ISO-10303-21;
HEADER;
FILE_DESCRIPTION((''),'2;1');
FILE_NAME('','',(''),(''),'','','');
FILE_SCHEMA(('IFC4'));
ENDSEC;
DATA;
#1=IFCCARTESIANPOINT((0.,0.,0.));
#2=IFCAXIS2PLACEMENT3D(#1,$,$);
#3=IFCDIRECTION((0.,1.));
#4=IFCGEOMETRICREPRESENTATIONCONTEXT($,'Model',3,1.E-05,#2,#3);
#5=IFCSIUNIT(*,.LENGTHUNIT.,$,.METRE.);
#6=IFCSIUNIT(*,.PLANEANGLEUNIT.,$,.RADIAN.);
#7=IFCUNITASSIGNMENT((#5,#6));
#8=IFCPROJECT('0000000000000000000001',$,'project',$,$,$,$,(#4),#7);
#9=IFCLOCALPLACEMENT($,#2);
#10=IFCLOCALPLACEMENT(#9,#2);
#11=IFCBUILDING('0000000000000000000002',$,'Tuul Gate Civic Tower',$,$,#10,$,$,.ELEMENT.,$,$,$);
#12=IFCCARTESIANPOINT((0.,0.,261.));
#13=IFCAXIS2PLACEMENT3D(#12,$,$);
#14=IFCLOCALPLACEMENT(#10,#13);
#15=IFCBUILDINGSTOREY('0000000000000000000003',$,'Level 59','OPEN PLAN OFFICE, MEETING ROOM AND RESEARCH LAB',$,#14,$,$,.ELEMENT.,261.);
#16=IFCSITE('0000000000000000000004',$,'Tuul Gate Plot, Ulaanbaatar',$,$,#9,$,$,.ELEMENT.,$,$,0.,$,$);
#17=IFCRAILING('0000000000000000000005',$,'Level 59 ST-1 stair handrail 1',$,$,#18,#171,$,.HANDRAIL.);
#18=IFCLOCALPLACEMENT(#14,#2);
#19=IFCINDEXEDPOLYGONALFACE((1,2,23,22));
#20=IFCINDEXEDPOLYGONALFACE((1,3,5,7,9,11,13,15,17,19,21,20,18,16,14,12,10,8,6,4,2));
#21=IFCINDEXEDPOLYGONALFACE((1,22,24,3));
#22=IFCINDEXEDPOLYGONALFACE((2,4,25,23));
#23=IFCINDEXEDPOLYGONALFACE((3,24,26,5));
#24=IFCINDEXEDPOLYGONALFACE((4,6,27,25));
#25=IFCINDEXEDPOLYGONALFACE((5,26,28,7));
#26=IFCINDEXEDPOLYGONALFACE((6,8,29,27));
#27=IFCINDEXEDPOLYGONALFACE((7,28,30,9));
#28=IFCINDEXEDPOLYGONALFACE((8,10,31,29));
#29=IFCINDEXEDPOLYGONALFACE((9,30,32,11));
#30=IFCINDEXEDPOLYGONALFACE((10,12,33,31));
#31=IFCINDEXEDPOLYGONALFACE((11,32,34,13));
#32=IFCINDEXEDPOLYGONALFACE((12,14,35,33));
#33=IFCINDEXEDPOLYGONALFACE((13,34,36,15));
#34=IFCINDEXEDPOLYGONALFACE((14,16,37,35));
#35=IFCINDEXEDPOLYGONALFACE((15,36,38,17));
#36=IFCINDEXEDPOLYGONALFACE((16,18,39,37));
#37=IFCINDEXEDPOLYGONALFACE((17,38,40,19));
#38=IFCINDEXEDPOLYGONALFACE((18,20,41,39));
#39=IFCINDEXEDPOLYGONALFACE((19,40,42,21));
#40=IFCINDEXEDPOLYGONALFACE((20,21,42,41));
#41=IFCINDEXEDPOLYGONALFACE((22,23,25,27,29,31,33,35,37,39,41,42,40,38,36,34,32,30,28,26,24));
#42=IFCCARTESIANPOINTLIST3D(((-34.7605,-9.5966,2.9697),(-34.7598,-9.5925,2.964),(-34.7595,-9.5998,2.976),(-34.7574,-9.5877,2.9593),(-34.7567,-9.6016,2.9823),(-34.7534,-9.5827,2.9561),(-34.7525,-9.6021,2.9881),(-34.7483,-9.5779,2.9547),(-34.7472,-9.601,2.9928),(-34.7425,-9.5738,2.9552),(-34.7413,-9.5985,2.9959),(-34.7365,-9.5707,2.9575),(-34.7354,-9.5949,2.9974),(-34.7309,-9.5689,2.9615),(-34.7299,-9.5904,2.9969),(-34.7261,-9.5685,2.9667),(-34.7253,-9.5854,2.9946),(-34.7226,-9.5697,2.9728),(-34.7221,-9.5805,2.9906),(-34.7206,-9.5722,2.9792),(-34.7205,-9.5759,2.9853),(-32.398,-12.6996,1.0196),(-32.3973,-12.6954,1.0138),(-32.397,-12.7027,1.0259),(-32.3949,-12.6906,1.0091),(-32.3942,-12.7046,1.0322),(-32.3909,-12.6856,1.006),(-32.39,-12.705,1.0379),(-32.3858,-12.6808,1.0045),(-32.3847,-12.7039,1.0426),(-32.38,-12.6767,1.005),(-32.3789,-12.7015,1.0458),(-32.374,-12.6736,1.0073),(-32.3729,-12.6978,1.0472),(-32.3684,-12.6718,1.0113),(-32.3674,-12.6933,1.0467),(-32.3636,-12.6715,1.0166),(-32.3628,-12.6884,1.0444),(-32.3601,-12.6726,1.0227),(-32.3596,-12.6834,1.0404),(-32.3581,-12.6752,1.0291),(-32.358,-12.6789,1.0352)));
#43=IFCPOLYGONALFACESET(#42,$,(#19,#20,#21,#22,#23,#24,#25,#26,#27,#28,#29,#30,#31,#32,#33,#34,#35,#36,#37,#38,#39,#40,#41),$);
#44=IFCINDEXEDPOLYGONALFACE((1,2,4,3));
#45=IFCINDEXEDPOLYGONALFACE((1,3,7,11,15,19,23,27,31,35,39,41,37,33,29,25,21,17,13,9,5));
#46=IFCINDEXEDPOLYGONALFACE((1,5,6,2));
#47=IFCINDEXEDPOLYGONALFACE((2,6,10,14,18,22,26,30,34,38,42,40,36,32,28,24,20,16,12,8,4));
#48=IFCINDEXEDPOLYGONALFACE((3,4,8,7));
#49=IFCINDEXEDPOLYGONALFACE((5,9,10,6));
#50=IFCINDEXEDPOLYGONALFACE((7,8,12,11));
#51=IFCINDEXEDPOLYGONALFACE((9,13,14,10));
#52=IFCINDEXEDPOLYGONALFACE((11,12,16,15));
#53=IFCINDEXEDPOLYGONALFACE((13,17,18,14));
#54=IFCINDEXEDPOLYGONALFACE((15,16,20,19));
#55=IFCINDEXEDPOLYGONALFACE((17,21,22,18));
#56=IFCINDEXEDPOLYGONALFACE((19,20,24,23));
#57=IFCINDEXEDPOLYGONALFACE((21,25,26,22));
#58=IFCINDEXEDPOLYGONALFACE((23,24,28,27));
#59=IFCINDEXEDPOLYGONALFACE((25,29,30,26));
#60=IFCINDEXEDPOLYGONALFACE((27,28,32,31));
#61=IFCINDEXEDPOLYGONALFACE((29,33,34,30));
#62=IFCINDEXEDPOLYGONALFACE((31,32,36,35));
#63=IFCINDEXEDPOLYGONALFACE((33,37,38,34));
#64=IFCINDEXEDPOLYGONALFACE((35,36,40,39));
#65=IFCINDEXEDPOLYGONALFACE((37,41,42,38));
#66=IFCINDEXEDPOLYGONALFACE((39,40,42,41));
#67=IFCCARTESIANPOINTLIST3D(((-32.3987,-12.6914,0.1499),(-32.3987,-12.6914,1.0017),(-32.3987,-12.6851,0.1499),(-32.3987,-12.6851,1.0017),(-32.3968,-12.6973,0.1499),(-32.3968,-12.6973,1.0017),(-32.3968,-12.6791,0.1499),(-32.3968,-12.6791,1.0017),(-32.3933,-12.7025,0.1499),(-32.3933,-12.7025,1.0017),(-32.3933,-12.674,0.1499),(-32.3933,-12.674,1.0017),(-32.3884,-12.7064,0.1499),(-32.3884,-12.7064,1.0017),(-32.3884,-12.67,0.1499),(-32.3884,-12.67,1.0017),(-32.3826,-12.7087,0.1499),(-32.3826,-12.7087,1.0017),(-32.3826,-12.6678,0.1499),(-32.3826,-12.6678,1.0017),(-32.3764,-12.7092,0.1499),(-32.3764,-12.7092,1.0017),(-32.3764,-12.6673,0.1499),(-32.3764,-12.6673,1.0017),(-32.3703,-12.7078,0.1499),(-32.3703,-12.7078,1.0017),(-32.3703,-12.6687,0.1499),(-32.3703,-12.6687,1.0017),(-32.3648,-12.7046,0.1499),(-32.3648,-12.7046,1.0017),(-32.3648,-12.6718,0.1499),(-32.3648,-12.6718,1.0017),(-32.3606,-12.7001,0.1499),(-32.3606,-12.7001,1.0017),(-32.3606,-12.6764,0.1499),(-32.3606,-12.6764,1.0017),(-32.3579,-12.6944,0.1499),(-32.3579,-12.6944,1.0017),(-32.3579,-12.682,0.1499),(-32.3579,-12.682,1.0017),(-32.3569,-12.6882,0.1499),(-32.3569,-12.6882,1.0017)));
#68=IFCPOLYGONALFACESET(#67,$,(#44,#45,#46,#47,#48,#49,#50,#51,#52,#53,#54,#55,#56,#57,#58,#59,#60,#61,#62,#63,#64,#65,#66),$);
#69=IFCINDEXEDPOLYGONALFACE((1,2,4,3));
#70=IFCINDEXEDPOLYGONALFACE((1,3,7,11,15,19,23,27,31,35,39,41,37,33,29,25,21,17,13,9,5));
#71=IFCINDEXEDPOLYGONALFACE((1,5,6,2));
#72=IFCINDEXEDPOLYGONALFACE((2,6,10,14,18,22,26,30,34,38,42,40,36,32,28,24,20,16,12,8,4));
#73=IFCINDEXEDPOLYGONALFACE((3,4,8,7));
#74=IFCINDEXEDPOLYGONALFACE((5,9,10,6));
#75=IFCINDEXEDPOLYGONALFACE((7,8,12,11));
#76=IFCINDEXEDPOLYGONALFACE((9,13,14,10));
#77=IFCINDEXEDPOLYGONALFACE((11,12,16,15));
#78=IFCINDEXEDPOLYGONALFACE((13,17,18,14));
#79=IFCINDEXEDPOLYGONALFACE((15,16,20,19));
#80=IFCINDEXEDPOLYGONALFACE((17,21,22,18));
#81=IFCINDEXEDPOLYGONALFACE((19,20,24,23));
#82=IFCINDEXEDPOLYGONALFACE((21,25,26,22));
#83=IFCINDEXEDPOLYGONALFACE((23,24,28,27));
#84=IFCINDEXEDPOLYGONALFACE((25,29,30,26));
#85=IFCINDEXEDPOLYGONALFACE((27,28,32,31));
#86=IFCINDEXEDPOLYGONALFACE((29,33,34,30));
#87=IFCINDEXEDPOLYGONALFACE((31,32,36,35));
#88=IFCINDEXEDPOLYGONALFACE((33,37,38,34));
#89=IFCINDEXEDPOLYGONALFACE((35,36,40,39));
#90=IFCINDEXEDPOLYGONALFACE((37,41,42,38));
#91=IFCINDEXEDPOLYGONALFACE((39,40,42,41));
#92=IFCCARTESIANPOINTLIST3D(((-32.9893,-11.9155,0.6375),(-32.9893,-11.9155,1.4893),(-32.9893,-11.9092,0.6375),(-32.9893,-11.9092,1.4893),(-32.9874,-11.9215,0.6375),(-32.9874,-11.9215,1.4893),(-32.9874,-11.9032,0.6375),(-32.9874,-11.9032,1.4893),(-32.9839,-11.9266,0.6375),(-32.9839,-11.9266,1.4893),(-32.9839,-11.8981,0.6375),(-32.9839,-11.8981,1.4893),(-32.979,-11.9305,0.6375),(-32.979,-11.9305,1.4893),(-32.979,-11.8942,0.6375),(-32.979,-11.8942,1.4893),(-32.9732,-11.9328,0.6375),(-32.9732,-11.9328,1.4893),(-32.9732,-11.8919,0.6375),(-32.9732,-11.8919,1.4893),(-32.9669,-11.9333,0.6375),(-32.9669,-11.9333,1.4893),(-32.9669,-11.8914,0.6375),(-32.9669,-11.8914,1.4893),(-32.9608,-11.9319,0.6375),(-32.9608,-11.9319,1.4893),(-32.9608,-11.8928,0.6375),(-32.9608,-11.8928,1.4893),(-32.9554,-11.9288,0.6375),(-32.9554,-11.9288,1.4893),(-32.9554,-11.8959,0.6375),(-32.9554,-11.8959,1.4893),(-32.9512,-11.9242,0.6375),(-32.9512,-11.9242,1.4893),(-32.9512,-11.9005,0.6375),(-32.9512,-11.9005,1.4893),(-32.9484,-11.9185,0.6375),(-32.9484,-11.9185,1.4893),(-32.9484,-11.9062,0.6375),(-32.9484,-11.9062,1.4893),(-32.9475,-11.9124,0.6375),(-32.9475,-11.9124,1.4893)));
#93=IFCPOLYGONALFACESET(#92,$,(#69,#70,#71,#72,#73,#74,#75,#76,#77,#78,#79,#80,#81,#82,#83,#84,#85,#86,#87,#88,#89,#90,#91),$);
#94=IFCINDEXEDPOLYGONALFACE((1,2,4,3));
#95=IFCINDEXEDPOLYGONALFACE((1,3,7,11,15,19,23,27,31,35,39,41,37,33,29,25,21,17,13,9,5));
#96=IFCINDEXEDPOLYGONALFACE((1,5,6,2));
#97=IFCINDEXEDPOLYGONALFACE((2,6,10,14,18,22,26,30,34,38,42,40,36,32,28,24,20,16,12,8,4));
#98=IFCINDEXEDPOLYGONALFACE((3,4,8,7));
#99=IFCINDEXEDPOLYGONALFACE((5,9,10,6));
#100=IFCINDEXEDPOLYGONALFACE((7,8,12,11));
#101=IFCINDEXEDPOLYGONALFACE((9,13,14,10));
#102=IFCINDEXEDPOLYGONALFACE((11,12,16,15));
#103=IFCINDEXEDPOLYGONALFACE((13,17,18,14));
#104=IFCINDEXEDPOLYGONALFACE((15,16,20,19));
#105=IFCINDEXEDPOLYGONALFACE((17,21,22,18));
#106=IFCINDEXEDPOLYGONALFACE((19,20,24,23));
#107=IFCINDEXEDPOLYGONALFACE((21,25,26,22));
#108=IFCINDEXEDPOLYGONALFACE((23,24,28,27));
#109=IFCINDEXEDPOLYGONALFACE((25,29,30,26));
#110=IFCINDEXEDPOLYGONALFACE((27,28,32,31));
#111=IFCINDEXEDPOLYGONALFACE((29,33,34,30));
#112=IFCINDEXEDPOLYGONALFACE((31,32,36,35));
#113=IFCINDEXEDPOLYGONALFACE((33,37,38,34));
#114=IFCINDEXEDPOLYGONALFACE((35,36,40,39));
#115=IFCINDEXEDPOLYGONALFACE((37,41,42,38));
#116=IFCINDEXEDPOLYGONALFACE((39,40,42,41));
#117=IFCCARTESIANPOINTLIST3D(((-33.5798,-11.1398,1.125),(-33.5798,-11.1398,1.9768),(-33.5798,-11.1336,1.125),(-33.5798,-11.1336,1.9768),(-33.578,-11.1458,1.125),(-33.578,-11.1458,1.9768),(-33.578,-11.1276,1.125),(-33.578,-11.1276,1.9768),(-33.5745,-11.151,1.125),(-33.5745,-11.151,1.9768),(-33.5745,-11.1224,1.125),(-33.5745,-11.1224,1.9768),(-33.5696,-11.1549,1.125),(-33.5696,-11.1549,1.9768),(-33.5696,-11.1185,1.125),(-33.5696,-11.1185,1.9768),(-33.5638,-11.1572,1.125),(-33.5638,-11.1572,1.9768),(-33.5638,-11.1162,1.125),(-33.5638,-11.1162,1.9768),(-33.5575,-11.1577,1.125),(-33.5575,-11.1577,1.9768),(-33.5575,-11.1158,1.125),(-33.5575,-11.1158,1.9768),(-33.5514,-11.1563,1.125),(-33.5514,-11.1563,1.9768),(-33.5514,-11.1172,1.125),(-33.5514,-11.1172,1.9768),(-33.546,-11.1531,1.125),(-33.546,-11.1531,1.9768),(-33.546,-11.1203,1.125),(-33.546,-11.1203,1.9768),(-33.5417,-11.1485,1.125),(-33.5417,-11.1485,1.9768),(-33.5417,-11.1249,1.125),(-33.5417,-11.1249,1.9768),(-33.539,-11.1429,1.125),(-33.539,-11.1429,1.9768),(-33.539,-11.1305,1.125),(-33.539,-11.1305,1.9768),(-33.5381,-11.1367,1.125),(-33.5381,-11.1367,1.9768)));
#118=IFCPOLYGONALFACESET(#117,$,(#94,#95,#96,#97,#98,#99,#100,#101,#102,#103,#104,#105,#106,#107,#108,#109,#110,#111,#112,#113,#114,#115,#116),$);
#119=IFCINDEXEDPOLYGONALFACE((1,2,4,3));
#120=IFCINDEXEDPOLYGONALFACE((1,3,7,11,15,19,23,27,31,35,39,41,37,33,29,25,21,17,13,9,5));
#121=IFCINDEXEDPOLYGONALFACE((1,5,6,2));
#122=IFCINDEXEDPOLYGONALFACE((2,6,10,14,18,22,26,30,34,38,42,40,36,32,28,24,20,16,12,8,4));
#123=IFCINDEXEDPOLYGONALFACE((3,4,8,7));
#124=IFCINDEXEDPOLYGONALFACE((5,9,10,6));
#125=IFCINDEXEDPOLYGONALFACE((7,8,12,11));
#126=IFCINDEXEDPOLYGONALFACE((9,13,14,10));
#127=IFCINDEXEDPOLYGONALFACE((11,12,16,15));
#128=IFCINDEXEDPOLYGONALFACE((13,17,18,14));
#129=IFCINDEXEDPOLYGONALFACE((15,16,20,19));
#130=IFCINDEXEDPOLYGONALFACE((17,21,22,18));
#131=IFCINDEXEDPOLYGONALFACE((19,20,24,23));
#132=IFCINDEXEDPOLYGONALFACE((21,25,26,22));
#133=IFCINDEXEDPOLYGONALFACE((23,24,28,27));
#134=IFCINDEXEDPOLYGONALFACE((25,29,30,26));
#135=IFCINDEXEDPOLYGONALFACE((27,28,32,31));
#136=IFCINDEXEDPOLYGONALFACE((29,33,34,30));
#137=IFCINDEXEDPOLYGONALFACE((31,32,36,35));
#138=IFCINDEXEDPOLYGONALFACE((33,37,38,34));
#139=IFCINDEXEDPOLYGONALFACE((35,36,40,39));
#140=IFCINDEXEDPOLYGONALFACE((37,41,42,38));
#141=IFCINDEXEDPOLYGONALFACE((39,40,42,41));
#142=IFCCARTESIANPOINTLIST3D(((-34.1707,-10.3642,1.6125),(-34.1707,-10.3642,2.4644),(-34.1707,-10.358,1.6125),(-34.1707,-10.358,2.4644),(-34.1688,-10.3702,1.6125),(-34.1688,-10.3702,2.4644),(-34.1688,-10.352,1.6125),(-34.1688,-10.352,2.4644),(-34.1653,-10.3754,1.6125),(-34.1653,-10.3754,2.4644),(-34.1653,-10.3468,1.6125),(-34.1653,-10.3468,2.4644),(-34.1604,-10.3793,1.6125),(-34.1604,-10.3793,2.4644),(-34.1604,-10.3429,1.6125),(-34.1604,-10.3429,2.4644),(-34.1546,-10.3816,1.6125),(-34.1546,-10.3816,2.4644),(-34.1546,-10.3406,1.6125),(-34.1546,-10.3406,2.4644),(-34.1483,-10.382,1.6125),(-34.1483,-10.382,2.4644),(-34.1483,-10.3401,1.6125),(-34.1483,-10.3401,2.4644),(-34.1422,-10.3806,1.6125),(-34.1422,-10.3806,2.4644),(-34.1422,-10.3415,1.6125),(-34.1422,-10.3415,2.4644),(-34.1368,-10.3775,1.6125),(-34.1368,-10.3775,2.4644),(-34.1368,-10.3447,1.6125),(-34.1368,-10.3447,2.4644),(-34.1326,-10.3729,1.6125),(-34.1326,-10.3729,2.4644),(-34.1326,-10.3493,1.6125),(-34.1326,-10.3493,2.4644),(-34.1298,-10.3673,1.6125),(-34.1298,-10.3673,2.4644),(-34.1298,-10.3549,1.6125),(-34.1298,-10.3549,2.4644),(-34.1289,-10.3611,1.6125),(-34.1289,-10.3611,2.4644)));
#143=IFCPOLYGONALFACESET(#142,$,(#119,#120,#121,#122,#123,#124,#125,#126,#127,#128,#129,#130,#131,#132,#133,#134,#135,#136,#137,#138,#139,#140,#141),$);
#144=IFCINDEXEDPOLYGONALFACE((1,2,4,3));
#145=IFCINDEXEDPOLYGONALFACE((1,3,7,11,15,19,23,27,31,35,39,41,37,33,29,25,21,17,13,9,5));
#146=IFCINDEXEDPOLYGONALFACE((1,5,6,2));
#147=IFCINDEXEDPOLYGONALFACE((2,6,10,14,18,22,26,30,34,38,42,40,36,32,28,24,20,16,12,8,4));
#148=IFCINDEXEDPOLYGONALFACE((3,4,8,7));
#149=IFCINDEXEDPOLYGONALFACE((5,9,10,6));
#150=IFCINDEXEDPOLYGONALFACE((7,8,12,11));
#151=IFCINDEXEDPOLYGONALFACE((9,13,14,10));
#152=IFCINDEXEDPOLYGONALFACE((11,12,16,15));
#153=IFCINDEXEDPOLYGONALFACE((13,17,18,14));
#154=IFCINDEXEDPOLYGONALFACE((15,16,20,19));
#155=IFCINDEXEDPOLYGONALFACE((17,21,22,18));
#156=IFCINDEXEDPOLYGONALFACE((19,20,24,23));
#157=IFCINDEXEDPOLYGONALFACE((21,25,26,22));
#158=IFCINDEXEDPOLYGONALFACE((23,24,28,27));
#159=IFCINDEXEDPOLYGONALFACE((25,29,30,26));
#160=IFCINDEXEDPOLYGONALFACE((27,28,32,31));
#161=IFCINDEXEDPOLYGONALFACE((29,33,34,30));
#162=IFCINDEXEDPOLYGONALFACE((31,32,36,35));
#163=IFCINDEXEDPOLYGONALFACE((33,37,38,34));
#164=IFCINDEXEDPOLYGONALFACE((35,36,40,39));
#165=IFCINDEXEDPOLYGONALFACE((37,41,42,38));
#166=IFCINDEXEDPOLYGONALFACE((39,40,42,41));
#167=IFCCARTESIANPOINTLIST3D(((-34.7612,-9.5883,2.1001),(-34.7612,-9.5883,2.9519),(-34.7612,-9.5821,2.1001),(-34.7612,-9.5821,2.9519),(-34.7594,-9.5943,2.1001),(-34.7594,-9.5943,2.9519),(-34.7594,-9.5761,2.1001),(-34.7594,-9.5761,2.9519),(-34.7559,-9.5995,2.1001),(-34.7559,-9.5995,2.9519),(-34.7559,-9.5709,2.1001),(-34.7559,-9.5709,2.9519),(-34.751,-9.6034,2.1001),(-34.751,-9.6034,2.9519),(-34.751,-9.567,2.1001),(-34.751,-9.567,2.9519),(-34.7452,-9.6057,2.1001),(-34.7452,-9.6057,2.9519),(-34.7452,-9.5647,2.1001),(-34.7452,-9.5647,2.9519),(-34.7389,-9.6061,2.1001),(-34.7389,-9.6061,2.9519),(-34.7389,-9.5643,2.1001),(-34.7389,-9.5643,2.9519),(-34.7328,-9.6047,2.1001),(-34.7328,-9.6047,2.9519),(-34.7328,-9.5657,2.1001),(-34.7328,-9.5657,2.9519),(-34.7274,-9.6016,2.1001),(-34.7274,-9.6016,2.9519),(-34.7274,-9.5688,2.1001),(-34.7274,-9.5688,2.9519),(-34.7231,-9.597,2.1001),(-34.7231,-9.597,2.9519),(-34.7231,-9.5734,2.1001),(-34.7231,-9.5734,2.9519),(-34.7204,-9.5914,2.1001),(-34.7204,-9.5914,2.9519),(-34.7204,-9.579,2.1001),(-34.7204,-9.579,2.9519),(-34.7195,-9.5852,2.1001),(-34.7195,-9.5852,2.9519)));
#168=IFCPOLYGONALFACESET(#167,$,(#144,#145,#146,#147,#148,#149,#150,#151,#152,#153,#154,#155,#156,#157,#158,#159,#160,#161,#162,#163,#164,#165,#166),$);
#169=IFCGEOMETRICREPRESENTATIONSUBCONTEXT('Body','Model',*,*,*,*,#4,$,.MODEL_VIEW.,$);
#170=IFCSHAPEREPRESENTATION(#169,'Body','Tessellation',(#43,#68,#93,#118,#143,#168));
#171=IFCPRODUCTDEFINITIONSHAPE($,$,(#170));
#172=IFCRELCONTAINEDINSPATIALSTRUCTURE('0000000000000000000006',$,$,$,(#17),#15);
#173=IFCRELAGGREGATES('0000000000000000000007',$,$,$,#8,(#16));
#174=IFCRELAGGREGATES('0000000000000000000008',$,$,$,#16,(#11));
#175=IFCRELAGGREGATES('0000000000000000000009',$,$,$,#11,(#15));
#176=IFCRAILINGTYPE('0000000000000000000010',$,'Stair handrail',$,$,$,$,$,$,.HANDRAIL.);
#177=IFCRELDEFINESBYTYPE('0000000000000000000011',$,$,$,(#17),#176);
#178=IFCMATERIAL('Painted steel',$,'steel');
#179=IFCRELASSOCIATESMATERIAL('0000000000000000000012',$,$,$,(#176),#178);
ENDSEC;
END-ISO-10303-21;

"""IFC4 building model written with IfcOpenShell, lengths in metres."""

from ifc_helpers import new_model, si_unit, direction, frame, origin, origin_2d, place, context, subcontext, project, spatial, circle, extrude, material, type_object, element, save


model = new_model("IFC4")

# Units and contexts
model_context = context("Model", 3, precision=1e-05, world=origin(), true_north=direction((0.0, 1.0)))
body_context = subcontext(model_context, "Body", "Model", "MODEL_VIEW")
ifc_project = project(units=[si_unit("LENGTHUNIT", "METRE"), si_unit("PLANEANGLEUNIT", "RADIAN")], contexts=[model_context])

# Site, building, storey
site_placement = place(None, origin())
site = spatial("IfcSite", under=ifc_project, at=site_placement, Name="Tuul Gate Plot, Ulaanbaatar", CompositionType="ELEMENT", RefElevation=0.0)
building_placement = place(site_placement, origin())
building = spatial("IfcBuilding", under=site, at=building_placement, Name="Tuul Gate Civic Tower", CompositionType="ELEMENT")
storey_placement = place(building_placement, frame((0.0, 0.0, 261.0)))
storey = spatial("IfcBuildingStorey", under=building, at=storey_placement, Name="Level 59", Description="OPEN PLAN OFFICE, MEETING ROOM AND RESEARCH LAB", CompositionType="ELEMENT", Elevation=261.0)

# Railing
ifc_material_1 = material(Name="Painted steel", Category="steel")
railing_type_1 = type_object("IfcRailingType", Name="Stair handrail", PredefinedType="HANDRAIL", material=ifc_material_1)
railing_1_placement = place(storey_placement, frame((-32.3779, -12.6882, 0.1499)))
element("IfcRailing", 1, at=railing_1_placement, inside=storey, type_object=railing_type_1, Name="Level 59 ST-1 stair handrail 1", PredefinedType="HANDRAIL", context=body_context, shape_type="SweptSolid", body=[
    extrude(circle(Radius=0.0239, at=origin_2d()), frame((0.0, 0.0, 0.876), z_axis=(-0.541811, 0.711627, 0.447245), x_axis=(-0.795637, -0.605773, 0.0)), (0.0, 0.0, 1.0), 4.3604),
    extrude(circle(Radius=0.021, at=origin_2d()), origin(), (0.0, 0.0, 1.0), 0.8518),
    extrude(circle(Radius=0.021, at=origin_2d()), frame((-0.5906, 0.7759, 0.4875)), (0.0, 0.0, 1.0), 0.8518),
    extrude(circle(Radius=0.021, at=origin_2d()), frame((-1.1812, 1.5515, 0.9751)), (0.0, 0.0, 1.0), 0.8518),
    extrude(circle(Radius=0.021, at=origin_2d()), frame((-1.772, 2.3271, 1.4626)), (0.0, 0.0, 1.0), 0.8518),
    extrude(circle(Radius=0.021, at=origin_2d()), frame((-2.3625, 3.103, 1.9502)), (0.0, 0.0, 1.0), 0.8518),
])

save(model, "model.ifc")
